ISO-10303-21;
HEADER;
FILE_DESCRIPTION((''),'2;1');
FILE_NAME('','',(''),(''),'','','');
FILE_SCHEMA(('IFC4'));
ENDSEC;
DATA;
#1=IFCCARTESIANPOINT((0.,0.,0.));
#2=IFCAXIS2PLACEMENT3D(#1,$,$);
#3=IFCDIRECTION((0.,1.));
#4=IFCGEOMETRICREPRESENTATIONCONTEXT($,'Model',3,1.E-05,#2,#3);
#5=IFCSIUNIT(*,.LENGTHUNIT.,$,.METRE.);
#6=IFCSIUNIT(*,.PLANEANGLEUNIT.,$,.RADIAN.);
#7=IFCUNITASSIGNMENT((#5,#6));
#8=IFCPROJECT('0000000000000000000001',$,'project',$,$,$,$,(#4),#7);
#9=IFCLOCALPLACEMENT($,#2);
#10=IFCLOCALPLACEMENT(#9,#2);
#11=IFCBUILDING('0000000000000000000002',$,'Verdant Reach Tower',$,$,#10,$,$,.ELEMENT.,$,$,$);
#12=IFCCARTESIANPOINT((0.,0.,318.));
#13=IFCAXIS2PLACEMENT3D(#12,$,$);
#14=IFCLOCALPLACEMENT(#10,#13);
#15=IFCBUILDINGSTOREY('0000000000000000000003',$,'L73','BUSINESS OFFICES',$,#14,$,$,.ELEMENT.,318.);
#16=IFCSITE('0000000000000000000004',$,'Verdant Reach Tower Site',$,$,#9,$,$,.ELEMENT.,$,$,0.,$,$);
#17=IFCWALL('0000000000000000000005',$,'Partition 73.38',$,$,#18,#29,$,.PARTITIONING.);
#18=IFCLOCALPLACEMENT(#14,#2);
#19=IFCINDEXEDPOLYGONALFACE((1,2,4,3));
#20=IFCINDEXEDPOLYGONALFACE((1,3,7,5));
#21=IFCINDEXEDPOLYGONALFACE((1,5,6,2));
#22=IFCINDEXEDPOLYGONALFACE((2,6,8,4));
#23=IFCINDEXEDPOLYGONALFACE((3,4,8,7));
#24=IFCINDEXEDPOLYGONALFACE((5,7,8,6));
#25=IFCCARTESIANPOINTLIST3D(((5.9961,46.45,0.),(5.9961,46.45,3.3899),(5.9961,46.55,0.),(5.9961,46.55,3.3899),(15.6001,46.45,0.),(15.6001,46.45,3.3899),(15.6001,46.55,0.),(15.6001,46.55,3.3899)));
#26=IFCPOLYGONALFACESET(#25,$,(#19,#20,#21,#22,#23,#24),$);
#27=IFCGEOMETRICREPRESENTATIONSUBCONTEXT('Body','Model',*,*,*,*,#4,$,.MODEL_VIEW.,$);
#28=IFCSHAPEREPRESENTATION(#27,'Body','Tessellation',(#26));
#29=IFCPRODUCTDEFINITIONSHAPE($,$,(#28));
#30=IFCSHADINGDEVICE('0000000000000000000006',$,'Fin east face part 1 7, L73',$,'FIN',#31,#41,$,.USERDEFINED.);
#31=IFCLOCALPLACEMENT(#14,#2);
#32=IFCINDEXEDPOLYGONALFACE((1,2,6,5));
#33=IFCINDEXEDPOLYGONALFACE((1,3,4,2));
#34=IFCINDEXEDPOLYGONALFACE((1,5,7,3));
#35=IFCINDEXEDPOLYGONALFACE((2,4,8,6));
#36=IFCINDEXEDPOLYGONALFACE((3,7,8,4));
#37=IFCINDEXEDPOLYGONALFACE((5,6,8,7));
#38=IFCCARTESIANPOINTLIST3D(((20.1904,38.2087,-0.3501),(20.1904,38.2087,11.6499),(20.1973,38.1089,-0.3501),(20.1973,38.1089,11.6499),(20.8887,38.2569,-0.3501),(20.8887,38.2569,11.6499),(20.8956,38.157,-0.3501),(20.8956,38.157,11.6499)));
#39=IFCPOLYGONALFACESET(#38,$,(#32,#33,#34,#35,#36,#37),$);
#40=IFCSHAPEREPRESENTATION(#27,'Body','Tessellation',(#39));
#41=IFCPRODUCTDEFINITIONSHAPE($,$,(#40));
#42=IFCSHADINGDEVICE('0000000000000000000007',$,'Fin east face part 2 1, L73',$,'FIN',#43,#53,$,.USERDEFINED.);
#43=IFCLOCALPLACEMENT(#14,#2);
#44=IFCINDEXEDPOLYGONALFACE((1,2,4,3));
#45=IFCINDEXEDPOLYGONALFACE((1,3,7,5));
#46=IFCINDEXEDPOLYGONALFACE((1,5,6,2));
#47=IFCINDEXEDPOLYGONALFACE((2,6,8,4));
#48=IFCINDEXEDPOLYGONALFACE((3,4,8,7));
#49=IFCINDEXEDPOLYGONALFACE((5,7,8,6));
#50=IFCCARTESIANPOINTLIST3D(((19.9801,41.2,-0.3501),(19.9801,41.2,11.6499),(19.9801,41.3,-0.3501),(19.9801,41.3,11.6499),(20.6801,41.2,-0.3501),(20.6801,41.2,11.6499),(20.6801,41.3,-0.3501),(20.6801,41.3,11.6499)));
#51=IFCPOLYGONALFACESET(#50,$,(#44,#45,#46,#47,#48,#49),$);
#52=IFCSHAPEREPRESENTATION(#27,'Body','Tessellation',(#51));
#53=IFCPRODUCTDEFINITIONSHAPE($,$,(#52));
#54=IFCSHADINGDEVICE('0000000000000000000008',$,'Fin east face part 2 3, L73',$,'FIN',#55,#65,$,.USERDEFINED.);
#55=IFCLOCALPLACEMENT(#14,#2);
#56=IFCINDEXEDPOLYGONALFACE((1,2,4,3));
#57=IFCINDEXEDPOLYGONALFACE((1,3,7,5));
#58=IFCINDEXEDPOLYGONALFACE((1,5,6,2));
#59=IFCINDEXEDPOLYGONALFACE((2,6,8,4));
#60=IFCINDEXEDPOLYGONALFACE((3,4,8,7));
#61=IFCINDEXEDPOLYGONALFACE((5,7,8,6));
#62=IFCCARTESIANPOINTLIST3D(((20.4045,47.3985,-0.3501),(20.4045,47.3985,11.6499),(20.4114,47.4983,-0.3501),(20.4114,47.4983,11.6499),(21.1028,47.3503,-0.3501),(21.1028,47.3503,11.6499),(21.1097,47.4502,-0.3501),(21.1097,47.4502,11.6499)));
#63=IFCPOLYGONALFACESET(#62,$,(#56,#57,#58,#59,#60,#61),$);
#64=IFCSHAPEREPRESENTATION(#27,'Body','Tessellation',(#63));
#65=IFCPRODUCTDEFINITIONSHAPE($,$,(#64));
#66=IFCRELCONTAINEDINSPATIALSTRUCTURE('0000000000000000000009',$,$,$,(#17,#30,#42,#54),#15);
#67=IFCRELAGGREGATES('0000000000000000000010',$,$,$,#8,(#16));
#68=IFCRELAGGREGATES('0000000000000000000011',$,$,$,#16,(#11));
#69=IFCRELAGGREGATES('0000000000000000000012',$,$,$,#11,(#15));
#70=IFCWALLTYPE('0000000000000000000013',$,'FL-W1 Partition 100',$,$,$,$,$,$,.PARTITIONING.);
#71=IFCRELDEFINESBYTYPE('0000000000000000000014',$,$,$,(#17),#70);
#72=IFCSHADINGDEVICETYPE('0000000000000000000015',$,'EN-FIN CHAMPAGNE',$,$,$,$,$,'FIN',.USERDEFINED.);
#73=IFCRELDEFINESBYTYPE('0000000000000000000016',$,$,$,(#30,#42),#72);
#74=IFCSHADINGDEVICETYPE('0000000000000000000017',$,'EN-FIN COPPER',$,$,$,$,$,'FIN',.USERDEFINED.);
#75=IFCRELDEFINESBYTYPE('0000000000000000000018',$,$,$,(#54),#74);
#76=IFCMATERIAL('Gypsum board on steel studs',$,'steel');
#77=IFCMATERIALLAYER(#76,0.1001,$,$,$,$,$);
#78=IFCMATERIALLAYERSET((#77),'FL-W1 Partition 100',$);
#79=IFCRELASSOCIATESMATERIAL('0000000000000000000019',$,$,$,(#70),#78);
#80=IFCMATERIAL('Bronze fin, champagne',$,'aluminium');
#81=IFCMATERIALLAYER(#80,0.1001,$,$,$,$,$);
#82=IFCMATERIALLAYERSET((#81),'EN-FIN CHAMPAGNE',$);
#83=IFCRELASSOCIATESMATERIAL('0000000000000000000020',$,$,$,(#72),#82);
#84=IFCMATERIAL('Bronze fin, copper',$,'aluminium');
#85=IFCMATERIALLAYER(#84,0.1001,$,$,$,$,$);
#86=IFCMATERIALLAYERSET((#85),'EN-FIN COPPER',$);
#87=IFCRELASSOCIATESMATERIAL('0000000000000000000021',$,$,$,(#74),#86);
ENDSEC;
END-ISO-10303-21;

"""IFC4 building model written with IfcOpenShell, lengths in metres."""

from ifc_helpers import new_model, si_unit, direction, frame, frame_2d, origin, origin_2d, place, context, subcontext, project, spatial, rectangle, extrude, material, layer, layer_set, type_object, element, save


model = new_model("IFC4")

# Units and contexts
model_context = context("Model", 3, precision=1e-05, world=origin(), true_north=direction((0.0, 1.0)))
body_context = subcontext(model_context, "Body", "Model", "MODEL_VIEW")
ifc_project = project(units=[si_unit("LENGTHUNIT", "METRE"), si_unit("PLANEANGLEUNIT", "RADIAN")], contexts=[model_context])

# Site, building, storey
site_placement = place(None, origin())
site = spatial("IfcSite", under=ifc_project, at=site_placement, Name="Verdant Reach Tower Site", CompositionType="ELEMENT", RefElevation=0.0)
building_placement = place(site_placement, origin())
building = spatial("IfcBuilding", under=site, at=building_placement, Name="Verdant Reach Tower", CompositionType="ELEMENT")
storey_placement = place(building_placement, frame((0.0, 0.0, 318.0)))
storey = spatial("IfcBuildingStorey", under=building, at=storey_placement, Name="L73", Description="BUSINESS OFFICES", CompositionType="ELEMENT", Elevation=318.0)

# Wall
ifc_material_1 = material(Name="Gypsum board on steel studs", Category="steel")
ifc_layer_1 = layer(ifc_material_1, 0.1001)
ifc_layer_set_1 = layer_set([ifc_layer_1], Name="FL-W1 Partition 100")
wall_type = type_object("IfcWallType", Name="FL-W1 Partition 100", PredefinedType="PARTITIONING", material=ifc_layer_set_1)
wall_1_placement = place(storey_placement, frame((15.6001, 46.5, 0.0), z_axis=(0.0, 0.0, 1.0), x_axis=(-1.0, 0.0, 0.0)))
element("IfcWall", 1, at=wall_1_placement, inside=storey, type_object=wall_type, Name="Partition 73.38", PredefinedType="PARTITIONING", context=body_context, shape_type="SweptSolid", body=[
    extrude(rectangle(XDim=9.604, YDim=0.1001, at=frame_2d((4.802, 0.0))), origin(), (0.0, 0.0, 1.0), 3.3899),
])

# Shading devices
ifc_material_2 = material(Name="Bronze fin, champagne", Category="aluminium")
ifc_layer_2 = layer(ifc_material_2, 0.1001)
ifc_layer_set_2 = layer_set([ifc_layer_2], Name="EN-FIN CHAMPAGNE")
shading_device_type_1 = type_object("IfcShadingDeviceType", Name="EN-FIN CHAMPAGNE", ElementType="FIN", PredefinedType="USERDEFINED", material=ifc_layer_set_2)
for number, where, z_axis, x_axis, name in (
    (2, (20.543, 38.1829, -0.3501), (0.0, 0.0, 1.0), (-0.068802, 0.99763, 0.0), "Fin east face part 1 7, L73"),
    (3, (20.3301, 41.25, -0.3501), (0.0, 0.0, 1.0), (0.0, 1.0, 0.0), "Fin east face part 2 1, L73"),
):
    element("IfcShadingDevice", number, at=place(storey_placement, frame(where, z_axis=z_axis, x_axis=x_axis)), inside=storey, type_object=shading_device_type_1, Name=name, ObjectType="FIN", PredefinedType="USERDEFINED", context=body_context, shape_type="SweptSolid", body=[
        extrude(rectangle(XDim=0.1001, YDim=0.7, at=origin_2d()), origin(), (0.0, 0.0, 1.0), 12.0),
    ])
ifc_material_3 = material(Name="Bronze fin, copper", Category="aluminium")
ifc_layer_3 = layer(ifc_material_3, 0.1001)
ifc_layer_set_3 = layer_set([ifc_layer_3], Name="EN-FIN COPPER")
shading_device_type_2 = type_object("IfcShadingDeviceType", Name="EN-FIN COPPER", ElementType="FIN", PredefinedType="USERDEFINED", material=ifc_layer_set_3)
shading_device_placement = place(storey_placement, frame((20.7571, 47.4243, -0.3501), z_axis=(0.0, 0.0, 1.0), x_axis=(0.068802, 0.99763, 0.0)))
element("IfcShadingDevice", 4, at=shading_device_placement, inside=storey, type_object=shading_device_type_2, Name="Fin east face part 2 3, L73", ObjectType="FIN", PredefinedType="USERDEFINED", context=body_context, shape_type="SweptSolid", body=[
    extrude(rectangle(XDim=0.1001, YDim=0.7, at=origin_2d()), origin(), (0.0, 0.0, 1.0), 12.0),
])

save(model, "model.ifc")
